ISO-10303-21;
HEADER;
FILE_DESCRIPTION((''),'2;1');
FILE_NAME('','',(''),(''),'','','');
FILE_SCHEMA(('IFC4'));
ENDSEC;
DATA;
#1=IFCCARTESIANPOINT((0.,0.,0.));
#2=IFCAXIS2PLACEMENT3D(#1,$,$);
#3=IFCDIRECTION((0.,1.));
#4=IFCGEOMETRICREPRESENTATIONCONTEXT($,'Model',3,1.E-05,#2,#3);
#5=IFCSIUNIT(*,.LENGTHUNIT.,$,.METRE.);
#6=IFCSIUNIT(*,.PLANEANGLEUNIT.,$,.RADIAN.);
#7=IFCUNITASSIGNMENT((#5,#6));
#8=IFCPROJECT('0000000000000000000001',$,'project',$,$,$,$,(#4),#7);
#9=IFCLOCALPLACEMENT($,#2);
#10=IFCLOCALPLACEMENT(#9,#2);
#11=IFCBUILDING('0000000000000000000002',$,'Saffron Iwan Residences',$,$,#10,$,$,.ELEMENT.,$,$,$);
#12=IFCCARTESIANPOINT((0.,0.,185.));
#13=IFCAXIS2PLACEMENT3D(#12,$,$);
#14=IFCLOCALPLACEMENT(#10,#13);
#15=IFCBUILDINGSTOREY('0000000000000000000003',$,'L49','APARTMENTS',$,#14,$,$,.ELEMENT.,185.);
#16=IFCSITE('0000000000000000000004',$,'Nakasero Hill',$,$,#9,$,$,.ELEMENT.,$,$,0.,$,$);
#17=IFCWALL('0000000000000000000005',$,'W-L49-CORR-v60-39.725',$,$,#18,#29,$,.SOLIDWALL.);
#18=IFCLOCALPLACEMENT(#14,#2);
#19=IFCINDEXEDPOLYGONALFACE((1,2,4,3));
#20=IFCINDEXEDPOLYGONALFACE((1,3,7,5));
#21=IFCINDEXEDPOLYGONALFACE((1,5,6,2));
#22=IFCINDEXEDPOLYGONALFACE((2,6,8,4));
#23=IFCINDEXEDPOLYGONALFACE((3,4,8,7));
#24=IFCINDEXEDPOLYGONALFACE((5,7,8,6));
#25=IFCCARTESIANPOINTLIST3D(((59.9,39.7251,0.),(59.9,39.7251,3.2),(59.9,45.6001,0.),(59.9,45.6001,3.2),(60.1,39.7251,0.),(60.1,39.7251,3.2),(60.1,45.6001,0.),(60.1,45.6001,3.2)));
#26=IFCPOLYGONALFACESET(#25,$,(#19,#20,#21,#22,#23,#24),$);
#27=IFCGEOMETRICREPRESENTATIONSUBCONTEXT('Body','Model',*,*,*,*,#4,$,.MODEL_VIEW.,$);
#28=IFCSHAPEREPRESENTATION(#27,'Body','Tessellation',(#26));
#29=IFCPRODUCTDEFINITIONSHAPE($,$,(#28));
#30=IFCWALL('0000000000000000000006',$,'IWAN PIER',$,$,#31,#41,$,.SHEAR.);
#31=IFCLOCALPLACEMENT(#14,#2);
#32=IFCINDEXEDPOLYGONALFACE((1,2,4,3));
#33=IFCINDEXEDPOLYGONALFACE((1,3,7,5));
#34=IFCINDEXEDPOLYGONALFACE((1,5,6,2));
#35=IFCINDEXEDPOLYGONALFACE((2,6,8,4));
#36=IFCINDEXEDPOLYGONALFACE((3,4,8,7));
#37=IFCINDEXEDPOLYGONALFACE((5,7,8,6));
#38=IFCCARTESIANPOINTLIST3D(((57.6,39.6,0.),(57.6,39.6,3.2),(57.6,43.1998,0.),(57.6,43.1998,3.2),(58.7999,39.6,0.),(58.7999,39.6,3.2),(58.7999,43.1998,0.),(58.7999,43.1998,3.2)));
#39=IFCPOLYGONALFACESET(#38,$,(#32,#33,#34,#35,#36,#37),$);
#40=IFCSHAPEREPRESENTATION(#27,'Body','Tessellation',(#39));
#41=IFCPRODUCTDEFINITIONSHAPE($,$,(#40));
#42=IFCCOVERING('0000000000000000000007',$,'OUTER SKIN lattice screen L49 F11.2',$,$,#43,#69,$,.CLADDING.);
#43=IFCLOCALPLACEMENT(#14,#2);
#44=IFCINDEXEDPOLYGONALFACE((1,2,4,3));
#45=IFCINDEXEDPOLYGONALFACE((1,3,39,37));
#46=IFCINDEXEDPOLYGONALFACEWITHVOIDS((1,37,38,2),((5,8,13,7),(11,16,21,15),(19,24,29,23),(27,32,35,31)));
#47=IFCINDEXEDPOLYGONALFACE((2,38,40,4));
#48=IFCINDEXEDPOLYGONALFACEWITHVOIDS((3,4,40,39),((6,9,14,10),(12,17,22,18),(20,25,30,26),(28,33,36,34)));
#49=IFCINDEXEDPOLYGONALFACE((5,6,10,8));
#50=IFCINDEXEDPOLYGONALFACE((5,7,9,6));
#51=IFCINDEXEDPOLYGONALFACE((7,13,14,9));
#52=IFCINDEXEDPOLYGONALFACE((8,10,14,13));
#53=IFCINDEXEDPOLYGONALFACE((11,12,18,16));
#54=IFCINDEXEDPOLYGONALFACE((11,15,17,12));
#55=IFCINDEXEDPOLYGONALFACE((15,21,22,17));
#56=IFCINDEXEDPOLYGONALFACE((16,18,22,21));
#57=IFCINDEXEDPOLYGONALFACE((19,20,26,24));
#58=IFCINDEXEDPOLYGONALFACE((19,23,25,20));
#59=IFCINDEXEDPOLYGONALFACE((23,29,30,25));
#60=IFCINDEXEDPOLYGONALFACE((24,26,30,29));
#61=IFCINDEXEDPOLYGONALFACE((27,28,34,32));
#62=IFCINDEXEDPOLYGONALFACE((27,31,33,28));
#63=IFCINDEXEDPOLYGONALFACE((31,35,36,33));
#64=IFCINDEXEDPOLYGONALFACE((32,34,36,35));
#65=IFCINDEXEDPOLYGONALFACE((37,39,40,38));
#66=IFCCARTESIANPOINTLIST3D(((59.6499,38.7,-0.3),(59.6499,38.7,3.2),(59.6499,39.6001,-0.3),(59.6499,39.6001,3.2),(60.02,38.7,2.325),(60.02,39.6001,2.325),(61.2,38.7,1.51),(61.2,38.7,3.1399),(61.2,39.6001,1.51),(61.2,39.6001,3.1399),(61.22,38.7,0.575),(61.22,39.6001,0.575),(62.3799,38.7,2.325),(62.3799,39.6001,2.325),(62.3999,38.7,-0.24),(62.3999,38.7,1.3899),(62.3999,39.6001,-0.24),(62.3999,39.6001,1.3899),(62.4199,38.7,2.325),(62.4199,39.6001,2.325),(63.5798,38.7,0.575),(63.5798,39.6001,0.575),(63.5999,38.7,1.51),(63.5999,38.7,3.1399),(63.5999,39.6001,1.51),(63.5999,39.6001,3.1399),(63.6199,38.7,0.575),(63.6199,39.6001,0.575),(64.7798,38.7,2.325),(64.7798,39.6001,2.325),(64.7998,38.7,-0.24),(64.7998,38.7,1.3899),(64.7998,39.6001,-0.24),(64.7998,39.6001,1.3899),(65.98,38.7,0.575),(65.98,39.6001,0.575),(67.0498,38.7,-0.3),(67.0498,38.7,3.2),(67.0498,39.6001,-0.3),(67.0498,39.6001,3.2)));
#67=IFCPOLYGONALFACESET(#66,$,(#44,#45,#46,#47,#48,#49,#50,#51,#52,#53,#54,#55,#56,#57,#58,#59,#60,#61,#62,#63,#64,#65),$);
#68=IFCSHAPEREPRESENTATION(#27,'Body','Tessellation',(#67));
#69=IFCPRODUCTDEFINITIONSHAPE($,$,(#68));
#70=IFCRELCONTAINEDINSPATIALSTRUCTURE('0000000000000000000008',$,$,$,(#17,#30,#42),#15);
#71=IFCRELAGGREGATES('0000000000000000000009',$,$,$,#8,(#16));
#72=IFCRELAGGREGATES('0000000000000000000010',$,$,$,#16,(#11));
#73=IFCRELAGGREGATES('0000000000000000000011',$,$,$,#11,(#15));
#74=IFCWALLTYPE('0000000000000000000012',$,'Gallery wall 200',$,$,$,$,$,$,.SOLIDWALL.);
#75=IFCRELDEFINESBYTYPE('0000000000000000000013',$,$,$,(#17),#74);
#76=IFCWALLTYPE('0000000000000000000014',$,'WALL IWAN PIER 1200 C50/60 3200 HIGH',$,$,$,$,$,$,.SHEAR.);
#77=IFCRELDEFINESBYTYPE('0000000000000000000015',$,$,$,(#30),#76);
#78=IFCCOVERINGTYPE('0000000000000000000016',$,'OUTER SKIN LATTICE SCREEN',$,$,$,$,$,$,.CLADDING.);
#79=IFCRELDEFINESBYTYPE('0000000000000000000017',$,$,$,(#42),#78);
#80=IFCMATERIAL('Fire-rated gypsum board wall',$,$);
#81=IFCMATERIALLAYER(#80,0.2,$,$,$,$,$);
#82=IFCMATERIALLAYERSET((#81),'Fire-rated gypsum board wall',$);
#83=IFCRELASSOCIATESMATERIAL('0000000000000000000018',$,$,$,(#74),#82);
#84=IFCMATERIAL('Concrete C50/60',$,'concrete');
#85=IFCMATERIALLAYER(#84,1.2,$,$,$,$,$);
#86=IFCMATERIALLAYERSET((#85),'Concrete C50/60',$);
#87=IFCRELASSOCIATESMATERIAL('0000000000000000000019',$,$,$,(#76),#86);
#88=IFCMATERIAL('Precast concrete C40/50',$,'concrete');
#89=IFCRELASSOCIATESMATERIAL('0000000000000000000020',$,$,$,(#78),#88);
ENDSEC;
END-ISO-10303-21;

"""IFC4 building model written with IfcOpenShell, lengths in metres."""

from ifc_helpers import new_model, si_unit, direction, frame, frame_2d, origin, place, context, subcontext, project, spatial, polyline, rectangle, outline, extrude, material, layer, layer_set, type_object, element, save


model = new_model("IFC4")

# Units and contexts
model_context = context("Model", 3, precision=1e-05, world=origin(), true_north=direction((0.0, 1.0)))
body_context = subcontext(model_context, "Body", "Model", "MODEL_VIEW")
ifc_project = project(units=[si_unit("LENGTHUNIT", "METRE"), si_unit("PLANEANGLEUNIT", "RADIAN")], contexts=[model_context])

# Site, building, storey
site_placement = place(None, origin())
site = spatial("IfcSite", under=ifc_project, at=site_placement, Name="Nakasero Hill", CompositionType="ELEMENT", RefElevation=0.0)
building_placement = place(site_placement, origin())
building = spatial("IfcBuilding", under=site, at=building_placement, Name="Saffron Iwan Residences", CompositionType="ELEMENT")
storey_placement = place(building_placement, frame((0.0, 0.0, 185.0)))
storey = spatial("IfcBuildingStorey", under=building, at=storey_placement, Name="L49", Description="APARTMENTS", CompositionType="ELEMENT", Elevation=185.0)

# Shared definitions
ifc_material_1 = material(Name="Concrete C50/60", Category="concrete")

# Walls
ifc_material_2 = material(Name="Fire-rated gypsum board wall")
ifc_layer_1 = layer(ifc_material_2, 0.2)
ifc_layer_set_1 = layer_set([ifc_layer_1], Name="Fire-rated gypsum board wall")
wall_type_1 = type_object("IfcWallType", Name="Gallery wall 200", PredefinedType="SOLIDWALL", material=ifc_layer_set_1)
wall_1_placement = place(storey_placement, frame((60.0, 39.7251, 0.0), z_axis=(0.0, 0.0, 1.0), x_axis=(0.0, 1.0, 0.0)))
element("IfcWall", 1, at=wall_1_placement, inside=storey, type_object=wall_type_1, Name="W-L49-CORR-v60-39.725", PredefinedType="SOLIDWALL", context=body_context, shape_type="SweptSolid", body=[
    extrude(rectangle(XDim=5.875, YDim=0.2, at=frame_2d((2.9375, 0.0))), origin(), (0.0, 0.0, 1.0), 3.2),
])
ifc_layer_2 = layer(ifc_material_1, 1.2)
ifc_layer_set_2 = layer_set([ifc_layer_2], Name="Concrete C50/60")
wall_type_2 = type_object("IfcWallType", Name="WALL IWAN PIER 1200 C50/60 3200 HIGH", PredefinedType="SHEAR", material=ifc_layer_set_2)
wall_2_placement = place(storey_placement, frame((58.2, 39.6001, 0.0), z_axis=(0.0, 0.0, 1.0), x_axis=(0.0, 1.0, 0.0)))
element("IfcWall", 2, at=wall_2_placement, inside=storey, type_object=wall_type_2, Name="IWAN PIER", PredefinedType="SHEAR", context=body_context, shape_type="SweptSolid", body=[
    extrude(rectangle(XDim=3.5999, YDim=1.2, at=frame_2d((1.7998, 0.0))), origin(), (0.0, 0.0, 1.0), 3.2),
])

# Covering
ifc_material_3 = material(Name="Precast concrete C40/50", Category="concrete")
covering_type = type_object("IfcCoveringType", Name="OUTER SKIN LATTICE SCREEN", PredefinedType="CLADDING", material=ifc_material_3)
covering_placement = place(storey_placement, frame((59.6499, 39.6001, -0.3), z_axis=(0.0, -1.0, 0.0), x_axis=(1.0, 0.0, 0.0)))
element("IfcCovering", 3, at=covering_placement, inside=storey, type_object=covering_type, Name="OUTER SKIN lattice screen L49 F11.2", PredefinedType="CLADDING", context=body_context, shape_type="SweptSolid", body=[
    extrude(outline(polyline([(0.0, 0.0), (7.3999, 0.0), (7.3999, 3.5), (0.0, 3.5), (0.0, 0.0)]), holes=[polyline([(1.5701, 0.875), (2.75, 0.0601), (3.9299, 0.875), (2.75, 1.6899), (1.5701, 0.875)]), polyline([(3.97, 0.875), (5.1499, 0.0601), (6.3301, 0.875), (5.1499, 1.6899), (3.97, 0.875)]), polyline([(0.3701, 2.625), (1.55, 1.8101), (2.73, 2.625), (1.55, 3.4399), (0.3701, 2.625)]), polyline([(2.77, 2.625), (3.95, 1.8101), (5.1299, 2.625), (3.95, 3.4399), (2.77, 2.625)])]), origin(), (0.0, 0.0, 1.0), 0.9001),
])

save(model, "model.ifc")
